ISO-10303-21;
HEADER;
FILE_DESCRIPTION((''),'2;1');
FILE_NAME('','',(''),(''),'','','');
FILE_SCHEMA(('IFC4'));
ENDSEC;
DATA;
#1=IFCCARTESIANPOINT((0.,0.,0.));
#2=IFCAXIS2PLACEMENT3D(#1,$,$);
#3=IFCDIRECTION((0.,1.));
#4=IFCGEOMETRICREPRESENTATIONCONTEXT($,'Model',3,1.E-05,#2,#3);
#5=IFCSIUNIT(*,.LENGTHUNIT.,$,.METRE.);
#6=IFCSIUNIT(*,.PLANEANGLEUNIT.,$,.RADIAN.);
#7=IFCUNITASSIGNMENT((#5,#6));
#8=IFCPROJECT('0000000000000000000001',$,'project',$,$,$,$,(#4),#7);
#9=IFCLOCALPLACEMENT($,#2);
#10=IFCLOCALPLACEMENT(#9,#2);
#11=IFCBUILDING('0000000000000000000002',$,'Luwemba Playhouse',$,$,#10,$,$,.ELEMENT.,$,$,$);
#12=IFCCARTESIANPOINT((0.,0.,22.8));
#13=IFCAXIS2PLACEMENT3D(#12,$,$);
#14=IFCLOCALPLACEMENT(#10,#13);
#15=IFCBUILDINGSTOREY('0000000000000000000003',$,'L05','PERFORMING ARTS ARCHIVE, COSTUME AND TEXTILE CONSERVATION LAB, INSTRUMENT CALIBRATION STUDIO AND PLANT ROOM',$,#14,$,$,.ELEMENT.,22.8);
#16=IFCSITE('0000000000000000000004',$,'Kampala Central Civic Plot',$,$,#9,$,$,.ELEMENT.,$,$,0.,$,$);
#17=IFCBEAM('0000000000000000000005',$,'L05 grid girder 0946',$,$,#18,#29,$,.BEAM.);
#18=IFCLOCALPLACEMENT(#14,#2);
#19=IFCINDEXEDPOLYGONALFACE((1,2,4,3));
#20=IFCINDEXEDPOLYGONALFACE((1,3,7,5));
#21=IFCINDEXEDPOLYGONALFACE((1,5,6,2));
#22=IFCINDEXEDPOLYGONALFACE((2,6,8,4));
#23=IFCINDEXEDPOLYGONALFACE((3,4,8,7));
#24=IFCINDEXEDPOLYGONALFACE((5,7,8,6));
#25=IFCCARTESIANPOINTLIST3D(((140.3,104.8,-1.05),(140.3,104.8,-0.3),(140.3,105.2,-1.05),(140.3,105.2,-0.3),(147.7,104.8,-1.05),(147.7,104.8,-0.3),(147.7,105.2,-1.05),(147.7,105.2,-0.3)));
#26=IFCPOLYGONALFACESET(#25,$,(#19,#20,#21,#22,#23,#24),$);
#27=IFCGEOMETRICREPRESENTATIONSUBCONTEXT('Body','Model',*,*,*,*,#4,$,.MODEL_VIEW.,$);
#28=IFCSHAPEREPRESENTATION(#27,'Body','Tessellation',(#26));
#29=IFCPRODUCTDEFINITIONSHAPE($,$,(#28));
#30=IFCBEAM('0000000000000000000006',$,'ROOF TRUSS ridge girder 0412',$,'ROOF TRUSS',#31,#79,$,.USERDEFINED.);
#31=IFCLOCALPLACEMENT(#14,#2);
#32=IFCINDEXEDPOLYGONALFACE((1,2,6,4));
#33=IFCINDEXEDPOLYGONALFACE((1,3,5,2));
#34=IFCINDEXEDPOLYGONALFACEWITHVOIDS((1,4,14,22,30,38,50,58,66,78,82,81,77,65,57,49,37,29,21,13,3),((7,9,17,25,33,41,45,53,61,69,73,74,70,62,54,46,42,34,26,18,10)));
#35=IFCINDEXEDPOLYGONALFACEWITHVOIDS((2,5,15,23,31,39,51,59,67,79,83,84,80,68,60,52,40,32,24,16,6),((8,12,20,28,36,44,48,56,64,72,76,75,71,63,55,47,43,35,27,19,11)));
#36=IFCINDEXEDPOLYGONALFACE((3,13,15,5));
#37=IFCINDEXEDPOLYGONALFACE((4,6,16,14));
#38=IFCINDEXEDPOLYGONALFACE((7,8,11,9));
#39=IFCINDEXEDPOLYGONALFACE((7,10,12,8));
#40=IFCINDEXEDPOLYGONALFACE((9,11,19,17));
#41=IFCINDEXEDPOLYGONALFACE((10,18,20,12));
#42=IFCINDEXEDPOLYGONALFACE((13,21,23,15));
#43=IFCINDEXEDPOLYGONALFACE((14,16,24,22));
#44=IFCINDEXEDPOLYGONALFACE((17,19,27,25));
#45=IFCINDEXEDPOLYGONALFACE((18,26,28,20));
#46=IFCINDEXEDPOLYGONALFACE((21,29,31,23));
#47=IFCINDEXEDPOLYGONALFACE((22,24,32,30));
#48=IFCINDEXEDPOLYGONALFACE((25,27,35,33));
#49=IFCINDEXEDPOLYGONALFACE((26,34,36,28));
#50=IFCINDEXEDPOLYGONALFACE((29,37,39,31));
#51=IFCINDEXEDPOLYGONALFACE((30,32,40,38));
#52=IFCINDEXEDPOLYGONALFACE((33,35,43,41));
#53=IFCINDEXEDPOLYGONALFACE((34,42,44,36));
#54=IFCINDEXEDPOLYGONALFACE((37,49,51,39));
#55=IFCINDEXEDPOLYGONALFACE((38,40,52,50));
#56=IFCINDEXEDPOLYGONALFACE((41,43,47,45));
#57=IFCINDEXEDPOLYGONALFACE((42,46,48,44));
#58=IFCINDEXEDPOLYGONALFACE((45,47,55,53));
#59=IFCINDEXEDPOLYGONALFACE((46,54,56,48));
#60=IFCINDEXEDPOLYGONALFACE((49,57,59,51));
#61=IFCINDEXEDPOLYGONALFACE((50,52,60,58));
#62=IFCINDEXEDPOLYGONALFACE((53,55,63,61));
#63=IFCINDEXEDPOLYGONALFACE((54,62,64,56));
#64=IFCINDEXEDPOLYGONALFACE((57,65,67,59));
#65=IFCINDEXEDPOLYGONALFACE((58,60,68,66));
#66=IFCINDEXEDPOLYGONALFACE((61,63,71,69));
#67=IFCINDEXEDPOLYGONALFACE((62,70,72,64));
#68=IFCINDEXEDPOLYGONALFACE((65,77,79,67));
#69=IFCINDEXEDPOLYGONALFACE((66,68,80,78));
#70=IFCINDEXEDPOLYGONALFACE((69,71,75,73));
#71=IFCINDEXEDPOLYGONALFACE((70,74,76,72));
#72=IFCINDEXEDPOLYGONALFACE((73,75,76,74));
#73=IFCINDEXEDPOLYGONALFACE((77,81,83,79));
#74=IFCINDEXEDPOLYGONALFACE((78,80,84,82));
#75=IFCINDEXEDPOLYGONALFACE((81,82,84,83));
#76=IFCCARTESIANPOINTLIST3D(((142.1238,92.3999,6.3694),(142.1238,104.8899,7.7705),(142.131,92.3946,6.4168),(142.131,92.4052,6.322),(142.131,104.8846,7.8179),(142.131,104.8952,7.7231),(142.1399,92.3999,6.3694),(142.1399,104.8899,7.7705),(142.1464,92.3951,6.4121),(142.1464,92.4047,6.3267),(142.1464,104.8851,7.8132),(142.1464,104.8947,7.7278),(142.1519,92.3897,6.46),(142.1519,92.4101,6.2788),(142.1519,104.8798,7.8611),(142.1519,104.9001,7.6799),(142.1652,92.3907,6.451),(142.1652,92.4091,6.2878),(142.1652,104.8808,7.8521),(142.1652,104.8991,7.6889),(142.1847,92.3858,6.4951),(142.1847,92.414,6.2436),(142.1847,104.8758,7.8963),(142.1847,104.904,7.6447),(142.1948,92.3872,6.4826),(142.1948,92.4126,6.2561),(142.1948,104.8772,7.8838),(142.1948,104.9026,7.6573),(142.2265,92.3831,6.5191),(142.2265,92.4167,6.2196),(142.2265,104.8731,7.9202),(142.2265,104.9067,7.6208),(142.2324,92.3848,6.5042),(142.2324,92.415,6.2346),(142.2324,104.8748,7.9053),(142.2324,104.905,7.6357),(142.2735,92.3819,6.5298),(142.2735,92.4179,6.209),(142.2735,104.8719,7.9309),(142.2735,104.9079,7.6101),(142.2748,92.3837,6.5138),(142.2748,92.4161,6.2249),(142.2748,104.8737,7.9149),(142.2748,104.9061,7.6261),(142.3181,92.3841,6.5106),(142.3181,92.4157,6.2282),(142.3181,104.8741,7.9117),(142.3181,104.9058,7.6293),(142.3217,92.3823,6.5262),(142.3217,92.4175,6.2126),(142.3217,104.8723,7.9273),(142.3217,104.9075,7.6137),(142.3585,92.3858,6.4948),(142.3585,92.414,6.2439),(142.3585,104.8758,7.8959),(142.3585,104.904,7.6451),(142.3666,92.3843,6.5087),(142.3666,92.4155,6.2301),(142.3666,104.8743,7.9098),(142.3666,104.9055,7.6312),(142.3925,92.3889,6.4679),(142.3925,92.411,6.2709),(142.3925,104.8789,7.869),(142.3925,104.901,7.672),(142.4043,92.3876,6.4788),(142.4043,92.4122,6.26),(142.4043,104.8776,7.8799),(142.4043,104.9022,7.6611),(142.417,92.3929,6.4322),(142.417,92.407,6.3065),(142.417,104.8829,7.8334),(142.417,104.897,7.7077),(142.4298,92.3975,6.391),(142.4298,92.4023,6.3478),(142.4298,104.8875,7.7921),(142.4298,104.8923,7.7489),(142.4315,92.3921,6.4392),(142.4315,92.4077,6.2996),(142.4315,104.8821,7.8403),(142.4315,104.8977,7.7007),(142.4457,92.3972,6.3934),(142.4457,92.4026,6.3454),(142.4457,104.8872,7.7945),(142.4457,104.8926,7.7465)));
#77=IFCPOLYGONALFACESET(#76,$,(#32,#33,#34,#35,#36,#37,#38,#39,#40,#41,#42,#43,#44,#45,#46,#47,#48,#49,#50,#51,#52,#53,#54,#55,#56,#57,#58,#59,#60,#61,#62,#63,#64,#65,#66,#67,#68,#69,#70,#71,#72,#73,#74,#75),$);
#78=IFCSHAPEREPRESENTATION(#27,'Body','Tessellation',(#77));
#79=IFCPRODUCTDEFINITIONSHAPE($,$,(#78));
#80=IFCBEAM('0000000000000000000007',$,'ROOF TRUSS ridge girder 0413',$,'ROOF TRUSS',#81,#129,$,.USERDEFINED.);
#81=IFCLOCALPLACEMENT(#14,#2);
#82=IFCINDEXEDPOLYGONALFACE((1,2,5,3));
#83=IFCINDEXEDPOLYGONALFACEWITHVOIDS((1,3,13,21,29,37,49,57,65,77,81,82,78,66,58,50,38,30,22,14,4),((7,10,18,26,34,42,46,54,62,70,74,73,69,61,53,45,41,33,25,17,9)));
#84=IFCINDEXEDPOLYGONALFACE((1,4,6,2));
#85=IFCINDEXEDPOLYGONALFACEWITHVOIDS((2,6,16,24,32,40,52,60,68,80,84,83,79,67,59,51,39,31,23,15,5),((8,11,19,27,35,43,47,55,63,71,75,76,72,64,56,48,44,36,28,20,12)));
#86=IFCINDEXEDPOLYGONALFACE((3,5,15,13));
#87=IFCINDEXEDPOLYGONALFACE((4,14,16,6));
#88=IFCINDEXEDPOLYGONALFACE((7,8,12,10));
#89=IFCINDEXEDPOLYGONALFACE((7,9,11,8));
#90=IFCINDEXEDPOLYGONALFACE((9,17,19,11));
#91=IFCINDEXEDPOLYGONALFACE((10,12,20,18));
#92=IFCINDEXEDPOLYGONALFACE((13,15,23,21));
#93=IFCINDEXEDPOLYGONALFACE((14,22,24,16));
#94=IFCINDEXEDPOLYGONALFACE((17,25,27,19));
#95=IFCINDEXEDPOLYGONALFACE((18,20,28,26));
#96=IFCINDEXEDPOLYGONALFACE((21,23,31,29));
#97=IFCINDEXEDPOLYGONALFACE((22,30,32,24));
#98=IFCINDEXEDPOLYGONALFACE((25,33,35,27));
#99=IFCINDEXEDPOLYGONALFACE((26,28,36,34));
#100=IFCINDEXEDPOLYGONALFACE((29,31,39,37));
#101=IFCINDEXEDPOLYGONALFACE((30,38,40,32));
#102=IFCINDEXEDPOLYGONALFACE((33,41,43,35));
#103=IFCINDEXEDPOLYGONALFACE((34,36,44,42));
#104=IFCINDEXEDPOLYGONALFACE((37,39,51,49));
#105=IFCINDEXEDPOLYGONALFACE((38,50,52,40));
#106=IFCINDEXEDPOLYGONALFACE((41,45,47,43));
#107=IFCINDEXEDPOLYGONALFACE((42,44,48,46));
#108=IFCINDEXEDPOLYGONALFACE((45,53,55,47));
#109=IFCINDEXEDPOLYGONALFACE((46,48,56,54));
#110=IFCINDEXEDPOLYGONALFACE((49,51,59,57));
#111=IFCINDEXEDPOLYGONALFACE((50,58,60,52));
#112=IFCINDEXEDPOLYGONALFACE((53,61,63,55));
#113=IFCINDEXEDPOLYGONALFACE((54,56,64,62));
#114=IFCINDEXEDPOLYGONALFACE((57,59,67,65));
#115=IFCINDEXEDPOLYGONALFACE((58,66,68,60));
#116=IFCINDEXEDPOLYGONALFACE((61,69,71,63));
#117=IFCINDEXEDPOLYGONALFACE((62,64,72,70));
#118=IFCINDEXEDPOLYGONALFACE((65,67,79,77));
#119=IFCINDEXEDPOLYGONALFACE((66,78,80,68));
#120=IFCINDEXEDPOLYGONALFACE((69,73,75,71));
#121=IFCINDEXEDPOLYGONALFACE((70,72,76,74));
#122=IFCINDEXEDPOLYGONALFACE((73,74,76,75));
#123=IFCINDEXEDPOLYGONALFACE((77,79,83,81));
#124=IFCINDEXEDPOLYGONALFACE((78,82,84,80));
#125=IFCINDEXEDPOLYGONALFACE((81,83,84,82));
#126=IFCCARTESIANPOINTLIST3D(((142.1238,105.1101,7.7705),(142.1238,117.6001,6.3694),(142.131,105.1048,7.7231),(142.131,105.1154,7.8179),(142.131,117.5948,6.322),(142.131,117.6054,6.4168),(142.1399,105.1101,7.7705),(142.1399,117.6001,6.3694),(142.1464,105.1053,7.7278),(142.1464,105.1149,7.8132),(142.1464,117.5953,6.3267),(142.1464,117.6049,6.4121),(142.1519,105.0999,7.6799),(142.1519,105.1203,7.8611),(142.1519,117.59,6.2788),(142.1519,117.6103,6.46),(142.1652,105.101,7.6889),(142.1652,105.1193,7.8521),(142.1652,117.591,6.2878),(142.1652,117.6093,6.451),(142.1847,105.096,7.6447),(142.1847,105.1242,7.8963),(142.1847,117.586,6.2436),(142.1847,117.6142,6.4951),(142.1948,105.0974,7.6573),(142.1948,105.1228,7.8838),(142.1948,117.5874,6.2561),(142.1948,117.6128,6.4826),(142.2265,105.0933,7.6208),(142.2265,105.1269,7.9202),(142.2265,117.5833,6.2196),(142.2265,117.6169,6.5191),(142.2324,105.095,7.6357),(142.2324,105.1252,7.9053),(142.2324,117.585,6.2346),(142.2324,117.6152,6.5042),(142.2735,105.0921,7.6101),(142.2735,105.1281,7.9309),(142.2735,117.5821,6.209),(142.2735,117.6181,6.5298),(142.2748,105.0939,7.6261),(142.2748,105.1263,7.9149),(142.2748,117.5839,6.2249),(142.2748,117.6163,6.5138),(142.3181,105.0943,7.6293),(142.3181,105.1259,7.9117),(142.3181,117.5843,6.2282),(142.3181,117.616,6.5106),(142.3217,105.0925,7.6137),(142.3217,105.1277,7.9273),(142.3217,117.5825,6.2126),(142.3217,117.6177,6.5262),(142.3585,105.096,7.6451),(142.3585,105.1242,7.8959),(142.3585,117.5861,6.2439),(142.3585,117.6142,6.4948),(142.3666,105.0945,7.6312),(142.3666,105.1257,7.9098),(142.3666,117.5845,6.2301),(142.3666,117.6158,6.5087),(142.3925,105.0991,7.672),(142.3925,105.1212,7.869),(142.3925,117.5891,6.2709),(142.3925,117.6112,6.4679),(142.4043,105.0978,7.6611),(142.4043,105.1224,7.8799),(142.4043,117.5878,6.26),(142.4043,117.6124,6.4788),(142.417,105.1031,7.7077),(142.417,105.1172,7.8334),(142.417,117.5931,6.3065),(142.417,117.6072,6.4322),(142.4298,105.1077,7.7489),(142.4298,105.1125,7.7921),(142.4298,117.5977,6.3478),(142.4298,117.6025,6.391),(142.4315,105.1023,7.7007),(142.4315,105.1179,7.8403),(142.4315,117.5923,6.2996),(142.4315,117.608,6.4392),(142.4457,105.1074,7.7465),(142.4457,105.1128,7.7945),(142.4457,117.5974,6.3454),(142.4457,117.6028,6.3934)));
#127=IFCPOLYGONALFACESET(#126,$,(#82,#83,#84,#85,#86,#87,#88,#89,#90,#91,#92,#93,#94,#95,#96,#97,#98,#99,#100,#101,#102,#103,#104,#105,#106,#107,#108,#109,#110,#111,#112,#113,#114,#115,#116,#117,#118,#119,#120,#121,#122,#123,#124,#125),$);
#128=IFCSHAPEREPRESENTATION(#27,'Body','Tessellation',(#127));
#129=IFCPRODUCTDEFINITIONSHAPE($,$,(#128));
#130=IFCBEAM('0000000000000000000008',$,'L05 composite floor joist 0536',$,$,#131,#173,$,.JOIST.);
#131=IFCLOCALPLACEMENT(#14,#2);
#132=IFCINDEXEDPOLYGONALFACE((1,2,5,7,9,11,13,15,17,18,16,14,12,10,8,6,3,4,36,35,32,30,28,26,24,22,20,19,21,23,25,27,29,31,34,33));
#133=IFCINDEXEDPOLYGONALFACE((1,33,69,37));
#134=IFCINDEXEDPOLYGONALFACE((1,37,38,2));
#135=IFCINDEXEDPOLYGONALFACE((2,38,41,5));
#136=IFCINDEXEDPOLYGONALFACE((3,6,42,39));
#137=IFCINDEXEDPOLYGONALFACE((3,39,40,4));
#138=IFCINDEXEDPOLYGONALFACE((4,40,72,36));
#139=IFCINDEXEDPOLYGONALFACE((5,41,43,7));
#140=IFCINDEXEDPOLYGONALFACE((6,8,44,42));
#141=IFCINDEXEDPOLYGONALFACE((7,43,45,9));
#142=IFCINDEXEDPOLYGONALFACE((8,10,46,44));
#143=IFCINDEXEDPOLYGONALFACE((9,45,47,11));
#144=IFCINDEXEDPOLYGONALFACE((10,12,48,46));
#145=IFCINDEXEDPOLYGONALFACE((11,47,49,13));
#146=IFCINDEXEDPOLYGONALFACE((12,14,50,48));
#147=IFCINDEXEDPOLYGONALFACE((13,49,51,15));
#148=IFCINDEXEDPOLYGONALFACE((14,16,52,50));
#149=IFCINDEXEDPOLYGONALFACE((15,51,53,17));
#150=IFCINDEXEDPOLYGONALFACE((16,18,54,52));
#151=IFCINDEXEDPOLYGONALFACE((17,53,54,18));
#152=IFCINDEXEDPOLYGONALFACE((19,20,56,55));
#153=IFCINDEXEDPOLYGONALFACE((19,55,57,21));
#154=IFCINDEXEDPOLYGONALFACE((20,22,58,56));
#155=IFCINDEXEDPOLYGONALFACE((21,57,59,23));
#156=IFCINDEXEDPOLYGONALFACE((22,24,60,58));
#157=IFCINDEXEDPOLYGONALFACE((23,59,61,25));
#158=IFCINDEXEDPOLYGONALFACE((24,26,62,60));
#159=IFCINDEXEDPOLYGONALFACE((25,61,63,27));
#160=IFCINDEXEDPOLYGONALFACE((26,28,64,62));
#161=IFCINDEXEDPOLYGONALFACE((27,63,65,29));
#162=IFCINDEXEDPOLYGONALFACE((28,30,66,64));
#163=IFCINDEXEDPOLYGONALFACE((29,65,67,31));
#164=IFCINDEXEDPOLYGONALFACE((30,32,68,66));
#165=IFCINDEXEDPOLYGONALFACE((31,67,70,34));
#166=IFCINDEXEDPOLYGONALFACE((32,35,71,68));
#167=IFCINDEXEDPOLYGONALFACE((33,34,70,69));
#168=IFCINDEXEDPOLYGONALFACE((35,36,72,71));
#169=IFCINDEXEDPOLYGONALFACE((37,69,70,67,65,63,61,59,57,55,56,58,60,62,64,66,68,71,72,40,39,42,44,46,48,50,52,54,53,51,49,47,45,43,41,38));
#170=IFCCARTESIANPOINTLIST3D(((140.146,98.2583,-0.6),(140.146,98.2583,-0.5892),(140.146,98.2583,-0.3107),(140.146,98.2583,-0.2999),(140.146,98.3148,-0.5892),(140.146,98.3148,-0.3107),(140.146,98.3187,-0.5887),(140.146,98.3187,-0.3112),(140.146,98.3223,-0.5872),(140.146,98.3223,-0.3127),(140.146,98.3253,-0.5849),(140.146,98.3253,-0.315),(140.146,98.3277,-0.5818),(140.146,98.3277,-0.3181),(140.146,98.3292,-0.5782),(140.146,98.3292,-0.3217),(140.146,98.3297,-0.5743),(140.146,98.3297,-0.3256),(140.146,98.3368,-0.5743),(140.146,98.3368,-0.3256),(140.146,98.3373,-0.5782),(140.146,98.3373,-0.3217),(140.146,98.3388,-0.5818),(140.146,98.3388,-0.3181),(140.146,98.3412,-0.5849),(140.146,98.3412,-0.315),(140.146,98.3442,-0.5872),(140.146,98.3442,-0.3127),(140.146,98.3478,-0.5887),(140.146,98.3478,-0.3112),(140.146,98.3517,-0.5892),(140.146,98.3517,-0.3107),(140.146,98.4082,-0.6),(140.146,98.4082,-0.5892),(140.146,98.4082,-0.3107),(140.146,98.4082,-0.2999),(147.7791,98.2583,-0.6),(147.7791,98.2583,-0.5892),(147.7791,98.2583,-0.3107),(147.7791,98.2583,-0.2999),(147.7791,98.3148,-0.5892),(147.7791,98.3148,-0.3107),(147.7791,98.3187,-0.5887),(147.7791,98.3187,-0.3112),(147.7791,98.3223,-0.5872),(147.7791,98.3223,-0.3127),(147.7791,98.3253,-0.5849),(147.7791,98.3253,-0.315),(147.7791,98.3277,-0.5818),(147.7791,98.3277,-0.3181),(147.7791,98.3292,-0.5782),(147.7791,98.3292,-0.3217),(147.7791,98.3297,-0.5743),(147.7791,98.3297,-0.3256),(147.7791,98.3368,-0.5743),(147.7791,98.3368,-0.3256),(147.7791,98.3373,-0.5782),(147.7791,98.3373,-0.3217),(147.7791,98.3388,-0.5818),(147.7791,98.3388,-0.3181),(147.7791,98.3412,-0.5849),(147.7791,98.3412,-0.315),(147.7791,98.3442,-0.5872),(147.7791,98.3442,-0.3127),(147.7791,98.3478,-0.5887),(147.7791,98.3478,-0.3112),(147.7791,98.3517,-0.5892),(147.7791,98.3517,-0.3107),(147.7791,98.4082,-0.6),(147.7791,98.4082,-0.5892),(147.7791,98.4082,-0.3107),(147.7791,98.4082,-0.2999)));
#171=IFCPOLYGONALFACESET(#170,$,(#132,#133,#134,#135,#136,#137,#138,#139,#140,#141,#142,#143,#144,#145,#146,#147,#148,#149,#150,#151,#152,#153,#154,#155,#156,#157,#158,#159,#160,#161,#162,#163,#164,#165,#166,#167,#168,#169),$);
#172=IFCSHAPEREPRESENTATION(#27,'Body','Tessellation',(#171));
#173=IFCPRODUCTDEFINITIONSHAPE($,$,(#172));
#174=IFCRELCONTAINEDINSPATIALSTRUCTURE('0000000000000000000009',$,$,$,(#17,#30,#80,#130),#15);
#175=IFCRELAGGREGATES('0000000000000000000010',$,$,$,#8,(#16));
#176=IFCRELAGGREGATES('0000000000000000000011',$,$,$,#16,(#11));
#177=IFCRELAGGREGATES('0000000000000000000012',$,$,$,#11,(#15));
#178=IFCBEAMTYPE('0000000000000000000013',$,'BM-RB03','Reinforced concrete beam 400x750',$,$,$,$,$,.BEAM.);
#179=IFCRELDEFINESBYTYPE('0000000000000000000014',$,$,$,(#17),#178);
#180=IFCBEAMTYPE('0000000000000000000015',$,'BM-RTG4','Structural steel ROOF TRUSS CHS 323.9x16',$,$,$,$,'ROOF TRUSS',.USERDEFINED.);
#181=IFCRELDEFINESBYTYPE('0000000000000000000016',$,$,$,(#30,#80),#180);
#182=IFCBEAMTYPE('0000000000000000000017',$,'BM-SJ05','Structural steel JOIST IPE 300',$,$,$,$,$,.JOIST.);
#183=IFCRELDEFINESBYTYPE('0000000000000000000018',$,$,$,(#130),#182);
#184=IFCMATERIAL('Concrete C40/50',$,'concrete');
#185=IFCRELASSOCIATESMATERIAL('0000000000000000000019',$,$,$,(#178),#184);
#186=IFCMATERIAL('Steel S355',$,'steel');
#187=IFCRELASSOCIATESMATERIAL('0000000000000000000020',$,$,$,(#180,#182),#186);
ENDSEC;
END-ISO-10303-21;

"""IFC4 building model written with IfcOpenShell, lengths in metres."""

from ifc_helpers import new_model, si_unit, direction, frame, origin, origin_2d, place, context, subcontext, project, spatial, rectangle, hollow_circle, i_section, extrude, material, material_profile, profile_set, type_object, element, save


model = new_model("IFC4")

# Units and contexts
model_context = context("Model", 3, precision=1e-05, world=origin(), true_north=direction((0.0, 1.0)))
body_context = subcontext(model_context, "Body", "Model", "MODEL_VIEW")
ifc_project = project(units=[si_unit("LENGTHUNIT", "METRE"), si_unit("PLANEANGLEUNIT", "RADIAN")], contexts=[model_context])

# Site, building, storey
site_placement = place(None, origin())
site = spatial("IfcSite", under=ifc_project, at=site_placement, Name="Kampala Central Civic Plot", CompositionType="ELEMENT", RefElevation=0.0)
building_placement = place(site_placement, origin())
building = spatial("IfcBuilding", under=site, at=building_placement, Name="Luwemba Playhouse", CompositionType="ELEMENT")
storey_placement = place(building_placement, frame((0.0, 0.0, 22.8)))
storey = spatial("IfcBuildingStorey", under=building, at=storey_placement, Name="L05", Description="PERFORMING ARTS ARCHIVE, COSTUME AND TEXTILE CONSERVATION LAB, INSTRUMENT CALIBRATION STUDIO AND PLANT ROOM", CompositionType="ELEMENT", Elevation=22.8)

# Beams
ifc_material_1 = material(Name="Concrete C40/50", Category="concrete")
ifc_material_profile_1 = material_profile(ifc_material_1, rectangle(XDim=0.3999, YDim=0.75, at=origin_2d()))
ifc_profile_set_1 = profile_set([ifc_material_profile_1], Name="Concrete C40/50")
beam_type_1 = type_object("IfcBeamType", Name="BM-RB03", Description="Reinforced concrete beam 400x750", PredefinedType="BEAM", material=ifc_profile_set_1)
beam_1_placement = place(storey_placement, frame((140.3, 105.0, -0.675), z_axis=(1.0, 0.0, 0.0), x_axis=(0.0, 1.0, 0.0)))
element("IfcBeam", 1, at=beam_1_placement, inside=storey, type_object=beam_type_1, Name="L05 grid girder 0946", PredefinedType="BEAM", context=body_context, shape_type="SweptSolid", body=[
    extrude(rectangle(XDim=0.3999, YDim=0.75, at=origin_2d()), origin(), (0.0, 0.0, 1.0), 7.3999),
])
ifc_material_2 = material(Name="Steel S355", Category="steel")
ifc_material_profile_2 = material_profile(ifc_material_2, hollow_circle(Radius=0.1619, WallThickness=0.0161, at=origin_2d()))
ifc_profile_set_2 = profile_set([ifc_material_profile_2], Name="Steel S355")
beam_type_2 = type_object("IfcBeamType", Name="BM-RTG4", Description="Structural steel ROOF TRUSS CHS 323.9x16", ElementType="ROOF TRUSS", PredefinedType="USERDEFINED", material=ifc_profile_set_2)
for number, where, z_axis, x_axis, name in (
    (2, (142.2856, 92.3999, 6.3694), (0.0, 0.993767, 0.11148), (-1.0, 0.0, 0.0), "ROOF TRUSS ridge girder 0412"),
    (3, (142.2856, 105.1101, 7.7705), (0.0, 0.993767, -0.11148), (-1.0, 0.0, 0.0), "ROOF TRUSS ridge girder 0413"),
):
    element("IfcBeam", number, at=place(storey_placement, frame(where, z_axis=z_axis, x_axis=x_axis)), inside=storey, type_object=beam_type_2, Name=name, ObjectType="ROOF TRUSS", PredefinedType="USERDEFINED", context=body_context, shape_type="SweptSolid", body=[
        extrude(hollow_circle(Radius=0.1619, WallThickness=0.0161, at=origin_2d()), origin(), (0.0, 0.0, 1.0), 12.5684),
    ])
ifc_material_profile_3 = material_profile(ifc_material_2, i_section(OverallWidth=0.1499, OverallDepth=0.3, WebThickness=0.0071, FlangeThickness=0.0107, FilletRadius=0.0149, at=origin_2d()))
ifc_profile_set_3 = profile_set([ifc_material_profile_3], Name="Steel S355")
beam_type_3 = type_object("IfcBeamType", Name="BM-SJ05", Description="Structural steel JOIST IPE 300", PredefinedType="JOIST", material=ifc_profile_set_3)
beam_2_placement = place(storey_placement, frame((140.146, 98.3333, -0.45), z_axis=(1.0, 0.0, 0.0), x_axis=(0.0, 1.0, 0.0)))
element("IfcBeam", 4, at=beam_2_placement, inside=storey, type_object=beam_type_3, Name="L05 composite floor joist 0536", PredefinedType="JOIST", context=body_context, shape_type="SweptSolid", body=[
    extrude(i_section(OverallWidth=0.1499, OverallDepth=0.3, WebThickness=0.0071, FlangeThickness=0.0107, FilletRadius=0.0149, at=origin_2d()), origin(), (0.0, 0.0, 1.0), 7.6331),
])

save(model, "model.ifc")
